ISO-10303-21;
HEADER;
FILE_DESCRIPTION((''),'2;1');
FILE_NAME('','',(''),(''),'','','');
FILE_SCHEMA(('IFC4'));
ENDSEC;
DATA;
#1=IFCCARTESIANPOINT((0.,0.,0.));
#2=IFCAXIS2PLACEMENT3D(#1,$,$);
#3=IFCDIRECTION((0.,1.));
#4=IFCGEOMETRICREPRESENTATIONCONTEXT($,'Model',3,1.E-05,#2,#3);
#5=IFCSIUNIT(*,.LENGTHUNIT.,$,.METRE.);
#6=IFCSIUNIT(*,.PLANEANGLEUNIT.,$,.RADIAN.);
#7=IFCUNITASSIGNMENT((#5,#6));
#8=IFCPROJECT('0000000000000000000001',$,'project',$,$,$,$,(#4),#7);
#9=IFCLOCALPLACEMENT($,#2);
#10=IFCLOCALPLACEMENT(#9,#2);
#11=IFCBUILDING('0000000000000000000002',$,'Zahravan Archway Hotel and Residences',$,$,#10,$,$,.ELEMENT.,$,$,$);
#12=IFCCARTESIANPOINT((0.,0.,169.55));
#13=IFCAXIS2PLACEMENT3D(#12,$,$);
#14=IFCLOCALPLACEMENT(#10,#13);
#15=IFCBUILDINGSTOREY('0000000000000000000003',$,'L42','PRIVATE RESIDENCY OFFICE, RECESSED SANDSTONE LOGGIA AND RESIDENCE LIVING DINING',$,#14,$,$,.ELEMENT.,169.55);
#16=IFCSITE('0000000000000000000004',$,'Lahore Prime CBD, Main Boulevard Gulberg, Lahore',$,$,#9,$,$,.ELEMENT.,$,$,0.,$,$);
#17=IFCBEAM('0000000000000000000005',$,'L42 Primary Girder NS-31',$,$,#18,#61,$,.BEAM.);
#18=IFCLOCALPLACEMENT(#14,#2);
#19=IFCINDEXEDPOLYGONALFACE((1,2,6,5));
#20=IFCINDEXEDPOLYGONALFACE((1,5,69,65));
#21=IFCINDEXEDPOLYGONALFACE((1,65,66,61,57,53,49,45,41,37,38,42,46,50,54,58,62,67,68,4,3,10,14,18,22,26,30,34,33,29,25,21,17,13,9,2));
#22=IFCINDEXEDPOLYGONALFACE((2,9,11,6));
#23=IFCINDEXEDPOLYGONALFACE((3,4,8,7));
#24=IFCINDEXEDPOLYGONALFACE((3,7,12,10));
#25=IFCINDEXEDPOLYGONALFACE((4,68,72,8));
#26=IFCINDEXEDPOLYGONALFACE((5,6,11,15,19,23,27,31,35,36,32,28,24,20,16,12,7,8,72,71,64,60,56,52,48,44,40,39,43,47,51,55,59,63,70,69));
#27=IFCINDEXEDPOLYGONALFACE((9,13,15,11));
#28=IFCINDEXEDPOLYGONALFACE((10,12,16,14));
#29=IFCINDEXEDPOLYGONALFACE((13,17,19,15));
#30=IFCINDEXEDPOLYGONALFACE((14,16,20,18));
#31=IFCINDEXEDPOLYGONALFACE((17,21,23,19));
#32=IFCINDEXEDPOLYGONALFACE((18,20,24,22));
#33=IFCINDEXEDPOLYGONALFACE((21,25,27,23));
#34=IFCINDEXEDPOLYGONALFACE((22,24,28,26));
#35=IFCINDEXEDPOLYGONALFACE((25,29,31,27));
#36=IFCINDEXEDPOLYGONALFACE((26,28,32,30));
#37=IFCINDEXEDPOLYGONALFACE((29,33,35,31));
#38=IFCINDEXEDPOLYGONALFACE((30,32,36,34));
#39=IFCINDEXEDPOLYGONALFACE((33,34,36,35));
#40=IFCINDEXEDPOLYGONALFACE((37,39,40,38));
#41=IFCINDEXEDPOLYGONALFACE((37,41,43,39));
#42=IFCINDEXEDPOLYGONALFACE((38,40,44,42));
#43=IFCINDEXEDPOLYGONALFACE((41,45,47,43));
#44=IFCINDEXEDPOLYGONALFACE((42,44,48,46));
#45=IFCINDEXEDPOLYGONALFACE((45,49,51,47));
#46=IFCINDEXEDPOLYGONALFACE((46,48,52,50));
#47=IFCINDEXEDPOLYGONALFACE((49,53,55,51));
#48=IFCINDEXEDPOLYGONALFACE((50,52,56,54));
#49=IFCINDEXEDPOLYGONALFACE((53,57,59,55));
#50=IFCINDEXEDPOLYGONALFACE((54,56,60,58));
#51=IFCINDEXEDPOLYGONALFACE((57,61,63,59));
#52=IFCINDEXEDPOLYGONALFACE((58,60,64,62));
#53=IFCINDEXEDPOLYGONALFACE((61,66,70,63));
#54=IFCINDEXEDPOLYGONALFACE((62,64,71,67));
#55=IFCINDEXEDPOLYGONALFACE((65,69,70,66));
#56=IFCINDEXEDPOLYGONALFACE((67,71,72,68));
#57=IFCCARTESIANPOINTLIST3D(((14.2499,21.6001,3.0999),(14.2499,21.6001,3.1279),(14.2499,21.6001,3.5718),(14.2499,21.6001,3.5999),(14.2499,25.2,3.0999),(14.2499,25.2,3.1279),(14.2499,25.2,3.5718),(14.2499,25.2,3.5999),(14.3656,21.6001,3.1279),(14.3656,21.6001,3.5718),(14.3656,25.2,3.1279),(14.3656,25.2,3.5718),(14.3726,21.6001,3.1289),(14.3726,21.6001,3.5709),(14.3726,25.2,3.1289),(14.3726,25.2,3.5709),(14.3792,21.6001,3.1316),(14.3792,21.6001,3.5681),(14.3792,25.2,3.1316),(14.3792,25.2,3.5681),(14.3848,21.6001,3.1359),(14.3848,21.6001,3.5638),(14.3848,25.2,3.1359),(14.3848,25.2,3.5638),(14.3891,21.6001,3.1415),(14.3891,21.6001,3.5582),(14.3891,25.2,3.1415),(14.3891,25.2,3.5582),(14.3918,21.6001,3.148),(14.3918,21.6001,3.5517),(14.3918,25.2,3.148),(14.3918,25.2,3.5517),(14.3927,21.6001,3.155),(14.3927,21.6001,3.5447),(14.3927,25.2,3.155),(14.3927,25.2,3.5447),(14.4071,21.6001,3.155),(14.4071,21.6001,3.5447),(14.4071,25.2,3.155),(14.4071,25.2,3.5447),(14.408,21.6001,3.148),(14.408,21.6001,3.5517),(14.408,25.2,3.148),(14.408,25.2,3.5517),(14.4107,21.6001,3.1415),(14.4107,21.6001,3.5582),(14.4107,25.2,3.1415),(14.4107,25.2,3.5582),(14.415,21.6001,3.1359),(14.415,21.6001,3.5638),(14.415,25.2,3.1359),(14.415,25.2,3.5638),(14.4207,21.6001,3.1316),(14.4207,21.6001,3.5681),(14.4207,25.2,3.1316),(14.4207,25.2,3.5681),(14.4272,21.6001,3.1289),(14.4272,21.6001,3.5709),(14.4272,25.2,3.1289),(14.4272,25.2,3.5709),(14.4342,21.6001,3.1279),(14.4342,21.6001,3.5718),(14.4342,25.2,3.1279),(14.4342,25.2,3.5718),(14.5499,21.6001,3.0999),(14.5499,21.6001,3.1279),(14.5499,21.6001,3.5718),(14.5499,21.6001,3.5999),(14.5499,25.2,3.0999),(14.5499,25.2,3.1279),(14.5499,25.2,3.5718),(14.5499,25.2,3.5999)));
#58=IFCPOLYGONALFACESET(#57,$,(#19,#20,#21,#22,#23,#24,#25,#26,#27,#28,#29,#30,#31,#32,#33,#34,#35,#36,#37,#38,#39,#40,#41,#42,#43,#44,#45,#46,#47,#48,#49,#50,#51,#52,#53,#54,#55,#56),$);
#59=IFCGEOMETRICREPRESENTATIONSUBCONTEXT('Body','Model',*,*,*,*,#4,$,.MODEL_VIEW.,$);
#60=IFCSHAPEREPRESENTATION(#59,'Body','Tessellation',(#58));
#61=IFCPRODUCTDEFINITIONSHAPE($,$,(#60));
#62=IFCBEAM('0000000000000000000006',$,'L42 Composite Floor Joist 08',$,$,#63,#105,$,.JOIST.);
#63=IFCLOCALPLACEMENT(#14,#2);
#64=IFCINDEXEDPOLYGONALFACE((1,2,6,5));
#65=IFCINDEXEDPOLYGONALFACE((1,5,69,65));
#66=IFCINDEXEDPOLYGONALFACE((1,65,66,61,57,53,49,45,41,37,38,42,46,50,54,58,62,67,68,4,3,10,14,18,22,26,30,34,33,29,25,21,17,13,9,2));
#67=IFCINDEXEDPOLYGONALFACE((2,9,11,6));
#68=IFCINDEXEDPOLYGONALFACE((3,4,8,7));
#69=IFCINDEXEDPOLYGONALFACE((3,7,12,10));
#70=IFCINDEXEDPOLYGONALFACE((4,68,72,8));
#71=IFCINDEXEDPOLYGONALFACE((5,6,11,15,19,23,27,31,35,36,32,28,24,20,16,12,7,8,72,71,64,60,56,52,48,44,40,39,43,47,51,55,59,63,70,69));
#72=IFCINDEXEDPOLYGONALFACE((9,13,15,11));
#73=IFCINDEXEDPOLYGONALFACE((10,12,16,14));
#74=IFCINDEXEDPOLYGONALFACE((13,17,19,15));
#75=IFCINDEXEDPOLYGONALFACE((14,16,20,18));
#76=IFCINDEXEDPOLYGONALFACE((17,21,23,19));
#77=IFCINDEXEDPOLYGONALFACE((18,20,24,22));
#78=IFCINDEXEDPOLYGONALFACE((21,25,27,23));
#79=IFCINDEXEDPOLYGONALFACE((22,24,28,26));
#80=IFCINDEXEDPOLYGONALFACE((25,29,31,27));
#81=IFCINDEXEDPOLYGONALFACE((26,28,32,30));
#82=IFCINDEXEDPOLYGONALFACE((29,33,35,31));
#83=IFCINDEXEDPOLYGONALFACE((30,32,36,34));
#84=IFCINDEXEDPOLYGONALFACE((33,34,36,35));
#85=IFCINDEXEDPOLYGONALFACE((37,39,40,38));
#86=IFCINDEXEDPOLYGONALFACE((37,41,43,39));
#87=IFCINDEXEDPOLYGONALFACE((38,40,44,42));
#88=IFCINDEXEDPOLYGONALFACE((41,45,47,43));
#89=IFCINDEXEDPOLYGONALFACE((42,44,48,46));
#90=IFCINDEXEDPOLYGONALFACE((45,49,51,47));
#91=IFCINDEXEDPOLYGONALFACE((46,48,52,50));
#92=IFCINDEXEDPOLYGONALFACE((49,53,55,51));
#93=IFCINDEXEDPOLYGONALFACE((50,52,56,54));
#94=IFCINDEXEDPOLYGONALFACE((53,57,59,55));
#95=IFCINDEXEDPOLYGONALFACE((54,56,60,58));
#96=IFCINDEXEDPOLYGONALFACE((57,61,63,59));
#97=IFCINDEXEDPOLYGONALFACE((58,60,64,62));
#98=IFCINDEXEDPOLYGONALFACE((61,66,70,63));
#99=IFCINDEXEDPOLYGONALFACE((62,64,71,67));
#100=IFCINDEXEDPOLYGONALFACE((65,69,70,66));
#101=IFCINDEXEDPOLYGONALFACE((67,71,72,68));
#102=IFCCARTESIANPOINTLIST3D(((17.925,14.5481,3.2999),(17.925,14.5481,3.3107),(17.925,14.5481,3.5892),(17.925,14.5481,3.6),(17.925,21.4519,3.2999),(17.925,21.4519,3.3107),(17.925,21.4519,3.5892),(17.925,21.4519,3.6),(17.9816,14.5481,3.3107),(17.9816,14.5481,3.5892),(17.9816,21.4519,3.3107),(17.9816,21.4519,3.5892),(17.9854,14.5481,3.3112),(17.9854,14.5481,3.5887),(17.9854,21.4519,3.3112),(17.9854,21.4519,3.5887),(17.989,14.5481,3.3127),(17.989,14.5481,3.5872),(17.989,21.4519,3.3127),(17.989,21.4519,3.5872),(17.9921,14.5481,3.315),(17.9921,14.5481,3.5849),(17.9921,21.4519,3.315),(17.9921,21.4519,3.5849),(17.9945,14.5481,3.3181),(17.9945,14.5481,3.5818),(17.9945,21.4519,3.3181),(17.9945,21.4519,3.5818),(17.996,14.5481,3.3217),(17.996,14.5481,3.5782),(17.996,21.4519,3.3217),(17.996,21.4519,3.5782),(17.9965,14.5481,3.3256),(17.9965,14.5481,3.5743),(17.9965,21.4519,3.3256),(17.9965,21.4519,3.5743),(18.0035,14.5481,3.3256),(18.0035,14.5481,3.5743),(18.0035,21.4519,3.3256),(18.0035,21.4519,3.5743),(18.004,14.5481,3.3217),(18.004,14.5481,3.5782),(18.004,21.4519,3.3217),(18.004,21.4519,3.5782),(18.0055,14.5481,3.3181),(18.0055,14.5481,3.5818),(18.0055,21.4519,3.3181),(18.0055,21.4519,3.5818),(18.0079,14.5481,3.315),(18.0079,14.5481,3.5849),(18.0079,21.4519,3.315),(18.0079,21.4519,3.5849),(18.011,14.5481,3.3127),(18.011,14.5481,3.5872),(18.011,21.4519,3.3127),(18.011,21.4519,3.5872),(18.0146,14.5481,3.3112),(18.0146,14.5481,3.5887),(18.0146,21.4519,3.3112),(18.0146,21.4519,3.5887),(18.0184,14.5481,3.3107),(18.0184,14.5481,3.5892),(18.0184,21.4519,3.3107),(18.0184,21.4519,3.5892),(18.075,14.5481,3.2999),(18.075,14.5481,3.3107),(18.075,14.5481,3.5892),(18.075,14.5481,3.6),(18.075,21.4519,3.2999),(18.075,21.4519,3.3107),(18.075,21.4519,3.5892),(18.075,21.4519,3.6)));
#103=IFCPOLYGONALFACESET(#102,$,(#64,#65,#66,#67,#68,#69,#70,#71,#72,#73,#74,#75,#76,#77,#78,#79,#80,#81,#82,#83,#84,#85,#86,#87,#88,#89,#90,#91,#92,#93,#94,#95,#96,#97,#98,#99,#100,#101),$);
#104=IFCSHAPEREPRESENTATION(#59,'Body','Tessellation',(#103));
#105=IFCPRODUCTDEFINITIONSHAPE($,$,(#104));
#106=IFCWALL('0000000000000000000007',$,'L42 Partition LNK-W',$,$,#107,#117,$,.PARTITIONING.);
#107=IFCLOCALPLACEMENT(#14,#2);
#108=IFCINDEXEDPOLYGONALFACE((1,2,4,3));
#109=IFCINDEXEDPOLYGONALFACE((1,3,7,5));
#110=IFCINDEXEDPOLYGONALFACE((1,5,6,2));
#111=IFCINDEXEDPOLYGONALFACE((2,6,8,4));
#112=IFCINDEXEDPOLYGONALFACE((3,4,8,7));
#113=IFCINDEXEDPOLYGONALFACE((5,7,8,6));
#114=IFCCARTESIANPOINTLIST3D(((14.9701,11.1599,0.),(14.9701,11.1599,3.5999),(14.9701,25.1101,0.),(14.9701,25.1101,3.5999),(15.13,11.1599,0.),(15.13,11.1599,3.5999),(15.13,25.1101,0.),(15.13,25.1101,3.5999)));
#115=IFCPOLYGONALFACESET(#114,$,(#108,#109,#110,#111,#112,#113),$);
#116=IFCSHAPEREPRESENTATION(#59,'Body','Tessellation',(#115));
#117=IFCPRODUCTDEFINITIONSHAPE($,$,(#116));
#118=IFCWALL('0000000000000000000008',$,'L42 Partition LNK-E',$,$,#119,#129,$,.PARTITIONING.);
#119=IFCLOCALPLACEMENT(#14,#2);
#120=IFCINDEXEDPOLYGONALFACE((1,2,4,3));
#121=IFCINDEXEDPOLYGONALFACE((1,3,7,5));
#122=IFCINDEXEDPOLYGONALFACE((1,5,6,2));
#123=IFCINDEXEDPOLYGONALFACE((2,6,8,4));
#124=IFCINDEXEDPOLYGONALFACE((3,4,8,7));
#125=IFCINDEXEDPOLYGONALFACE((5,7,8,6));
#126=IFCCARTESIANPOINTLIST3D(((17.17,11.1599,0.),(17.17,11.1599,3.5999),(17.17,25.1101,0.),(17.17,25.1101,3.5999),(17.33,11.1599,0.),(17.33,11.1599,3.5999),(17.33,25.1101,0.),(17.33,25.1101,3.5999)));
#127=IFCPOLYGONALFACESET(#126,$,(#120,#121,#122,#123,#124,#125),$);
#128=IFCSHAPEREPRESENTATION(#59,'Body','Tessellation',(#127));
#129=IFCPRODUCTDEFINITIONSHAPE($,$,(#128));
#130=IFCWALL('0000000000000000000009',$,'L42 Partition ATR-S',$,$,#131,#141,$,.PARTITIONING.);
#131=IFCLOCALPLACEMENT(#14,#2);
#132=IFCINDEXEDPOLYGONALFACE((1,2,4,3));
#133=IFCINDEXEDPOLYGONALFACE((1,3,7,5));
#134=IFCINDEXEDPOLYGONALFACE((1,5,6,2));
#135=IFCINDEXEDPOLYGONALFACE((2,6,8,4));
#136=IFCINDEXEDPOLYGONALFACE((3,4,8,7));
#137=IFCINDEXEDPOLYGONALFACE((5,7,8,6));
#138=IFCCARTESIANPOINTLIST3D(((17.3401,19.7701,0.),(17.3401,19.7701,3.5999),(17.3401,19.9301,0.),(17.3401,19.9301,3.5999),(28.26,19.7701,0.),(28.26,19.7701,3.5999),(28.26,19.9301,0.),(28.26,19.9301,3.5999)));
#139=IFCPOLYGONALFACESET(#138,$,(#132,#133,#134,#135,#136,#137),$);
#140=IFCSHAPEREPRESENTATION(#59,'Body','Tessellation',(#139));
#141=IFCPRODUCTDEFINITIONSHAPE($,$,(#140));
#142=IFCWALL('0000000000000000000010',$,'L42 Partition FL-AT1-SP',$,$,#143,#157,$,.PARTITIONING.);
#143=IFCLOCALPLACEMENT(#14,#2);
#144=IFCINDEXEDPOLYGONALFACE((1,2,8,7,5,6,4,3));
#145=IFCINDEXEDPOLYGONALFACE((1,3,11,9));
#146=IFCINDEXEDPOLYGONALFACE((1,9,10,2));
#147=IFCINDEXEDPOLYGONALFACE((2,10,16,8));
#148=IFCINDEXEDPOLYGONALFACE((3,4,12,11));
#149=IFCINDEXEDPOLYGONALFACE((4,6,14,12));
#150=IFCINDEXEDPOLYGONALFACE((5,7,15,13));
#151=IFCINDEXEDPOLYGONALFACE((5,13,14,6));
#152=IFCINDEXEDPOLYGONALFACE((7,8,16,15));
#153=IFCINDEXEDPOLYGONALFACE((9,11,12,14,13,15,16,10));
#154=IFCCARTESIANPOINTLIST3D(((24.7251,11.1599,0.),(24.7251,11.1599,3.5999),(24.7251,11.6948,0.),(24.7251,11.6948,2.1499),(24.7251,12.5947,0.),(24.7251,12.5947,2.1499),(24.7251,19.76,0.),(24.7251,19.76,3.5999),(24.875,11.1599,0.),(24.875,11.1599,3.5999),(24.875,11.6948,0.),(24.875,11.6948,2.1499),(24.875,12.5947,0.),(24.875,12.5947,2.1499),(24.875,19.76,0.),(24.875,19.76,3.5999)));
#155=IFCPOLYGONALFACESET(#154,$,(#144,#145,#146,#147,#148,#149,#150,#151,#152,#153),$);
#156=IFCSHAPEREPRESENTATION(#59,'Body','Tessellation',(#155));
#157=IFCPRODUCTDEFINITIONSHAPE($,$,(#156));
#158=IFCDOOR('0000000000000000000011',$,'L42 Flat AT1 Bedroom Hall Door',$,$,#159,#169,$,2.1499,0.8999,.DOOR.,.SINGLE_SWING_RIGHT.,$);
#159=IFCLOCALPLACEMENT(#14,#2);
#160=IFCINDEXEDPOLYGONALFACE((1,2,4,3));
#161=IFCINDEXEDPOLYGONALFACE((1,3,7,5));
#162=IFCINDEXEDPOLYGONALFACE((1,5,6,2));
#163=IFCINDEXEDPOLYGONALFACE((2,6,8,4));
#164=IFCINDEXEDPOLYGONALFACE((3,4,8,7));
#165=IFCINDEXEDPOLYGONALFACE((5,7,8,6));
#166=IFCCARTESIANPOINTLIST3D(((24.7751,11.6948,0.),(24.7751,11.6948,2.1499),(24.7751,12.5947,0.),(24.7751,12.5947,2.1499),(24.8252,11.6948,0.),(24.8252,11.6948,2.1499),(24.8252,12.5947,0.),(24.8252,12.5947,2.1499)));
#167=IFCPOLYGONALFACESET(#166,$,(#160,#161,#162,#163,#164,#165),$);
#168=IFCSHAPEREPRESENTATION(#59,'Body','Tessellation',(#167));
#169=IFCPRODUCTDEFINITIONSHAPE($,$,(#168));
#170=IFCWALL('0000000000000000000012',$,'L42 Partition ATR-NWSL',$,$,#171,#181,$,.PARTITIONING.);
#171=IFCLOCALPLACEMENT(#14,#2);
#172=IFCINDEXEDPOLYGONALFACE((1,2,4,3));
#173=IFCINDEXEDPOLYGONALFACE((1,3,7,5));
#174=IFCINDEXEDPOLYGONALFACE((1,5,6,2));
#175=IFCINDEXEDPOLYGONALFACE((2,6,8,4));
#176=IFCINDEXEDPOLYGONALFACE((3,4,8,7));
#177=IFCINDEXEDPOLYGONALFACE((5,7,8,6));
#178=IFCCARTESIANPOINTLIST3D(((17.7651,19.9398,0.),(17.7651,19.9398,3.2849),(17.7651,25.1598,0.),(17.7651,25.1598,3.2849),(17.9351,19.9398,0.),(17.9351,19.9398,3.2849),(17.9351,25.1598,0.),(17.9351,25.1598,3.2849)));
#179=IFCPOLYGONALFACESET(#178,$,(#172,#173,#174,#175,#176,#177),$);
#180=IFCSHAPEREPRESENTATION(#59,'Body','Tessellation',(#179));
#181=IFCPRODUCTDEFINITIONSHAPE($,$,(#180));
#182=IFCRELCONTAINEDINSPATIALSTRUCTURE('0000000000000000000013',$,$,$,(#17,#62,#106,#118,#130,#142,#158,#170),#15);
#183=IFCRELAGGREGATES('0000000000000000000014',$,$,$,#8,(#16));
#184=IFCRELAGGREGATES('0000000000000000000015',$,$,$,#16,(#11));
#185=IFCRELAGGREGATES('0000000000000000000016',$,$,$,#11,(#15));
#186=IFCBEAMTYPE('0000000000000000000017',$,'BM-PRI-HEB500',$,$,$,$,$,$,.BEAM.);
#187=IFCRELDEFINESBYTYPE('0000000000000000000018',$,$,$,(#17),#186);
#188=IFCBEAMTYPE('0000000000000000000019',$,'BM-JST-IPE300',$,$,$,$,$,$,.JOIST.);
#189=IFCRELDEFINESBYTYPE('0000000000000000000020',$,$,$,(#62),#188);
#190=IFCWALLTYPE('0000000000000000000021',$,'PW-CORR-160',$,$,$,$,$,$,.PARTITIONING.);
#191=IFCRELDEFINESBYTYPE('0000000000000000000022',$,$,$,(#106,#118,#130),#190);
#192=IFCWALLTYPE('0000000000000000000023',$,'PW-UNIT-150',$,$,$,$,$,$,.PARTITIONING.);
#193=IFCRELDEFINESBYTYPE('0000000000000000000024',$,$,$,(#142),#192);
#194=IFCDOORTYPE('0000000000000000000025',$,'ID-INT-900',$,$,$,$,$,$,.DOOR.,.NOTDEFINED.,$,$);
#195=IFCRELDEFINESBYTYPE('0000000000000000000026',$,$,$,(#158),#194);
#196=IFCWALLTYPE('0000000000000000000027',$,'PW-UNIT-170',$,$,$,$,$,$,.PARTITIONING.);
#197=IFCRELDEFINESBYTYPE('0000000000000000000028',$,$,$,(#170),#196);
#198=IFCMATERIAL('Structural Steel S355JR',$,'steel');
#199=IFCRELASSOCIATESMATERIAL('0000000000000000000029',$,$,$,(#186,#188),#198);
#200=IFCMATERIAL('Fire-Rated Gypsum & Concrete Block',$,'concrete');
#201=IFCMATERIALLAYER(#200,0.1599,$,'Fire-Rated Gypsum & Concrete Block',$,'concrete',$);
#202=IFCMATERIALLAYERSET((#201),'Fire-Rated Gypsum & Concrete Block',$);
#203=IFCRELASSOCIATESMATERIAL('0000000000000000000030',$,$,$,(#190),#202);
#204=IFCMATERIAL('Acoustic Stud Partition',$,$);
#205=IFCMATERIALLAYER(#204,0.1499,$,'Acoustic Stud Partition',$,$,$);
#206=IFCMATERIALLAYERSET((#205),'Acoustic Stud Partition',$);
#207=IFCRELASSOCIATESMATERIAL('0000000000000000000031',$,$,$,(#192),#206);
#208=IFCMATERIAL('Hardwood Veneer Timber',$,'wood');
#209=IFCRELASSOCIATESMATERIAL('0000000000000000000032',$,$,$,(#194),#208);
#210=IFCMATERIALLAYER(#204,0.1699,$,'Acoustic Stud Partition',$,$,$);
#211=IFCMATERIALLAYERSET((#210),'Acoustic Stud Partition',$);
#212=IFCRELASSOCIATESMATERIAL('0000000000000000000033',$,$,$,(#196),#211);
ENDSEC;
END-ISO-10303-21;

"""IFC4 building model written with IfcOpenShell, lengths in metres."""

from ifc_helpers import new_model, si_unit, direction, frame, frame_2d, origin, origin_2d, place, context, subcontext, project, spatial, rectangle, i_section, extrude, source, transform, mapped, material, layer, layer_set, material_profile, profile_set, type_object, type_shapes, element, fill, save


model = new_model("IFC4")

# Units and contexts
model_context = context("Model", 3, precision=1e-05, world=origin(), true_north=direction((0.0, 1.0)))
body_context = subcontext(model_context, "Body", "Model", "MODEL_VIEW")
ifc_project = project(units=[si_unit("LENGTHUNIT", "METRE"), si_unit("PLANEANGLEUNIT", "RADIAN")], contexts=[model_context])

# Site, building, storey
site_placement = place(None, origin())
site = spatial("IfcSite", under=ifc_project, at=site_placement, Name="Lahore Prime CBD, Main Boulevard Gulberg, Lahore", CompositionType="ELEMENT", RefElevation=0.0)
building_placement = place(site_placement, origin())
building = spatial("IfcBuilding", under=site, at=building_placement, Name="Zahravan Archway Hotel and Residences", CompositionType="ELEMENT")
storey_placement = place(building_placement, frame((0.0, 0.0, 169.55)))
storey = spatial("IfcBuildingStorey", under=building, at=storey_placement, Name="L42", Description="PRIVATE RESIDENCY OFFICE, RECESSED SANDSTONE LOGGIA AND RESIDENCE LIVING DINING", CompositionType="ELEMENT", Elevation=169.55)

# Beams
ifc_material_1 = material(Name="Structural Steel S355JR", Category="steel")
ifc_material_profile_1 = material_profile(ifc_material_1, i_section(OverallWidth=0.3, OverallDepth=0.5, WebThickness=0.0144, FlangeThickness=0.0281, FilletRadius=0.0271, at=origin_2d()), Name="HEB 500", Category="steel")
ifc_profile_set_1 = profile_set([ifc_material_profile_1], Name="Structural Steel S355JR")
beam_type_1 = type_object("IfcBeamType", Name="BM-PRI-HEB500", PredefinedType="BEAM", material=ifc_profile_set_1)
shared_shape_1 = source(origin(), body_context, "Body", "SweptSolid", [
    extrude(i_section(OverallWidth=0.3, OverallDepth=0.5, WebThickness=0.0144, FlangeThickness=0.0281, FilletRadius=0.0271, at=origin_2d()), origin(), (0.0, 0.0, 1.0), 3.5999),
])
beam_1_placement = place(storey_placement, frame((14.3999, 21.6001, 3.3499), z_axis=(0.0, 1.0, 0.0), x_axis=(-1.0, 0.0, 0.0)))
element("IfcBeam", 1, at=beam_1_placement, inside=storey, type_object=beam_type_1, Name="L42 Primary Girder NS-31", PredefinedType="BEAM", context=body_context, shape_type="MappedRepresentation", body=[
    mapped(shared_shape_1, transform((0.0, 0.0, 0.0), scale=1.0)),
])
ifc_material_profile_2 = material_profile(ifc_material_1, i_section(OverallWidth=0.1499, OverallDepth=0.3, WebThickness=0.0071, FlangeThickness=0.0107, FilletRadius=0.0149, at=origin_2d()), Name="IPE 300", Category="steel")
ifc_profile_set_2 = profile_set([ifc_material_profile_2], Name="Structural Steel S355JR")
beam_type_2 = type_object("IfcBeamType", Name="BM-JST-IPE300", PredefinedType="JOIST", material=ifc_profile_set_2)
shared_shape_2 = source(origin(), body_context, "Body", "SweptSolid", [
    extrude(i_section(OverallWidth=0.1499, OverallDepth=0.3, WebThickness=0.0071, FlangeThickness=0.0107, FilletRadius=0.0149, at=origin_2d()), origin(), (0.0, 0.0, 1.0), 6.9038),
])
beam_2_placement = place(storey_placement, frame((18.0, 14.5481, 3.45), z_axis=(0.0, 1.0, 0.0), x_axis=(-1.0, 0.0, 0.0)))
element("IfcBeam", 2, at=beam_2_placement, inside=storey, type_object=beam_type_2, Name="L42 Composite Floor Joist 08", PredefinedType="JOIST", context=body_context, shape_type="MappedRepresentation", body=[
    mapped(shared_shape_2, transform((0.0, 0.0, 0.0), scale=1.0)),
])

# Walls
ifc_material_2 = material(Name="Fire-Rated Gypsum & Concrete Block", Category="concrete")
ifc_layer_1 = layer(ifc_material_2, 0.1599, Name="Fire-Rated Gypsum & Concrete Block", Category="concrete")
ifc_layer_set_1 = layer_set([ifc_layer_1], Name="Fire-Rated Gypsum & Concrete Block")
wall_type_1 = type_object("IfcWallType", Name="PW-CORR-160", PredefinedType="PARTITIONING", material=ifc_layer_set_1)
for number, where, z_axis, x_axis, name in (
    (3, (15.05, 11.1599, 0.0), (0.0, 0.0, 1.0), (0.0, 1.0, 0.0), "L42 Partition LNK-W"),
    (4, (17.25, 11.1599, 0.0), (0.0, 0.0, 1.0), (0.0, 1.0, 0.0), "L42 Partition LNK-E"),
):
    element("IfcWall", number, at=place(storey_placement, frame(where, z_axis=z_axis, x_axis=x_axis)), inside=storey, type_object=wall_type_1, Name=name, PredefinedType="PARTITIONING", context=body_context, shape_type="SweptSolid", body=[
        extrude(rectangle(XDim=13.9502, YDim=0.1599, at=frame_2d((6.9751, 0.0))), origin(), (0.0, 0.0, 1.0), 3.5999),
    ])
wall_1_placement = place(storey_placement, frame((17.3401, 19.8501, 0.0), z_axis=(0.0, 0.0, 1.0), x_axis=(1.0, 0.0, 0.0)))
element("IfcWall", 5, at=wall_1_placement, inside=storey, type_object=wall_type_1, Name="L42 Partition ATR-S", PredefinedType="PARTITIONING", context=body_context, shape_type="SweptSolid", body=[
    extrude(rectangle(XDim=10.9199, YDim=0.1599, at=frame_2d((5.46, 0.0))), origin(), (0.0, 0.0, 1.0), 3.5999),
])

# Wall, opening, door
ifc_material_3 = material(Name="Acoustic Stud Partition")
ifc_layer_2 = layer(ifc_material_3, 0.1499, Name="Acoustic Stud Partition")
ifc_layer_set_2 = layer_set([ifc_layer_2], Name="Acoustic Stud Partition")
wall_type_2 = type_object("IfcWallType", Name="PW-UNIT-150", PredefinedType="PARTITIONING", material=ifc_layer_set_2)
wall_2_placement = place(storey_placement, frame((24.8, 11.1599, 0.0), z_axis=(0.0, 0.0, 1.0), x_axis=(0.0, 1.0, 0.0)))
wall_2 = element("IfcWall", 6, at=wall_2_placement, inside=storey, type_object=wall_type_2, Name="L42 Partition FL-AT1-SP", PredefinedType="PARTITIONING", context=body_context, shape_type="SweptSolid", body=[
    extrude(rectangle(XDim=8.6001, YDim=0.1499, at=frame_2d((4.3, 0.0))), origin(), (0.0, 0.0, 1.0), 3.5999),
])
opening_1_placement = place(wall_2_placement, frame((0.5349, 0.0, 0.0)))
opening_1 = element("IfcOpeningElement", 7, at=opening_1_placement, cuts=wall_2, PredefinedType="OPENING", context=body_context, shape_type="SweptSolid", body=[
    extrude(rectangle(XDim=0.8999, YDim=2.1499, at=frame_2d((0.45, 1.075))), frame((0.0, 0.085, 0.0), z_axis=(0.0, -1.0, 0.0), x_axis=(1.0, 0.0, 0.0)), (0.0, 0.0, 1.0), 0.1699),
])
ifc_material_4 = material(Name="Hardwood Veneer Timber", Category="wood")
door_type_1 = type_object("IfcDoorType", Name="ID-INT-900", OperationType="NOTDEFINED", PredefinedType="DOOR", material=ifc_material_4)
shared_shape_3 = source(origin(), body_context, "Body", "SweptSolid", [
    extrude(rectangle(XDim=0.8999, YDim=2.1499, at=frame_2d((0.45, 1.075))), frame((0.0, 0.0249, 0.0), z_axis=(0.0, -1.0, 0.0), x_axis=(1.0, 0.0, 0.0)), (0.0, 0.0, 1.0), 0.05),
])
type_shapes(door_type_1, [shared_shape_3])
door_1_placement = place(opening_1_placement, origin())
door_1 = element("IfcDoor", 8, at=door_1_placement, inside=storey, type_object=door_type_1, Name="L42 Flat AT1 Bedroom Hall Door", OperationType="SINGLE_SWING_RIGHT", OverallHeight=2.1499, OverallWidth=0.8999, PredefinedType="DOOR", context=body_context, shape_type="MappedRepresentation", body=[
    mapped(shared_shape_3, transform((0.0, 0.0, 0.0), scale=1.0)),
])
fill(opening_1, door_1)

# Wall
ifc_layer_3 = layer(ifc_material_3, 0.1699, Name="Acoustic Stud Partition")
ifc_layer_set_3 = layer_set([ifc_layer_3], Name="Acoustic Stud Partition")
wall_type_3 = type_object("IfcWallType", Name="PW-UNIT-170", PredefinedType="PARTITIONING", material=ifc_layer_set_3)
wall_3_placement = place(storey_placement, frame((17.8501, 19.9399, 0.0), z_axis=(0.0, 0.0, 1.0), x_axis=(0.0, 1.0, 0.0)))
element("IfcWall", 9, at=wall_3_placement, inside=storey, type_object=wall_type_3, Name="L42 Partition ATR-NWSL", PredefinedType="PARTITIONING", context=body_context, shape_type="SweptSolid", body=[
    extrude(rectangle(XDim=5.22, YDim=0.1699, at=frame_2d((2.6099, 0.0))), origin(), (0.0, 0.0, 1.0), 3.2849),
])

save(model, "model.ifc")
